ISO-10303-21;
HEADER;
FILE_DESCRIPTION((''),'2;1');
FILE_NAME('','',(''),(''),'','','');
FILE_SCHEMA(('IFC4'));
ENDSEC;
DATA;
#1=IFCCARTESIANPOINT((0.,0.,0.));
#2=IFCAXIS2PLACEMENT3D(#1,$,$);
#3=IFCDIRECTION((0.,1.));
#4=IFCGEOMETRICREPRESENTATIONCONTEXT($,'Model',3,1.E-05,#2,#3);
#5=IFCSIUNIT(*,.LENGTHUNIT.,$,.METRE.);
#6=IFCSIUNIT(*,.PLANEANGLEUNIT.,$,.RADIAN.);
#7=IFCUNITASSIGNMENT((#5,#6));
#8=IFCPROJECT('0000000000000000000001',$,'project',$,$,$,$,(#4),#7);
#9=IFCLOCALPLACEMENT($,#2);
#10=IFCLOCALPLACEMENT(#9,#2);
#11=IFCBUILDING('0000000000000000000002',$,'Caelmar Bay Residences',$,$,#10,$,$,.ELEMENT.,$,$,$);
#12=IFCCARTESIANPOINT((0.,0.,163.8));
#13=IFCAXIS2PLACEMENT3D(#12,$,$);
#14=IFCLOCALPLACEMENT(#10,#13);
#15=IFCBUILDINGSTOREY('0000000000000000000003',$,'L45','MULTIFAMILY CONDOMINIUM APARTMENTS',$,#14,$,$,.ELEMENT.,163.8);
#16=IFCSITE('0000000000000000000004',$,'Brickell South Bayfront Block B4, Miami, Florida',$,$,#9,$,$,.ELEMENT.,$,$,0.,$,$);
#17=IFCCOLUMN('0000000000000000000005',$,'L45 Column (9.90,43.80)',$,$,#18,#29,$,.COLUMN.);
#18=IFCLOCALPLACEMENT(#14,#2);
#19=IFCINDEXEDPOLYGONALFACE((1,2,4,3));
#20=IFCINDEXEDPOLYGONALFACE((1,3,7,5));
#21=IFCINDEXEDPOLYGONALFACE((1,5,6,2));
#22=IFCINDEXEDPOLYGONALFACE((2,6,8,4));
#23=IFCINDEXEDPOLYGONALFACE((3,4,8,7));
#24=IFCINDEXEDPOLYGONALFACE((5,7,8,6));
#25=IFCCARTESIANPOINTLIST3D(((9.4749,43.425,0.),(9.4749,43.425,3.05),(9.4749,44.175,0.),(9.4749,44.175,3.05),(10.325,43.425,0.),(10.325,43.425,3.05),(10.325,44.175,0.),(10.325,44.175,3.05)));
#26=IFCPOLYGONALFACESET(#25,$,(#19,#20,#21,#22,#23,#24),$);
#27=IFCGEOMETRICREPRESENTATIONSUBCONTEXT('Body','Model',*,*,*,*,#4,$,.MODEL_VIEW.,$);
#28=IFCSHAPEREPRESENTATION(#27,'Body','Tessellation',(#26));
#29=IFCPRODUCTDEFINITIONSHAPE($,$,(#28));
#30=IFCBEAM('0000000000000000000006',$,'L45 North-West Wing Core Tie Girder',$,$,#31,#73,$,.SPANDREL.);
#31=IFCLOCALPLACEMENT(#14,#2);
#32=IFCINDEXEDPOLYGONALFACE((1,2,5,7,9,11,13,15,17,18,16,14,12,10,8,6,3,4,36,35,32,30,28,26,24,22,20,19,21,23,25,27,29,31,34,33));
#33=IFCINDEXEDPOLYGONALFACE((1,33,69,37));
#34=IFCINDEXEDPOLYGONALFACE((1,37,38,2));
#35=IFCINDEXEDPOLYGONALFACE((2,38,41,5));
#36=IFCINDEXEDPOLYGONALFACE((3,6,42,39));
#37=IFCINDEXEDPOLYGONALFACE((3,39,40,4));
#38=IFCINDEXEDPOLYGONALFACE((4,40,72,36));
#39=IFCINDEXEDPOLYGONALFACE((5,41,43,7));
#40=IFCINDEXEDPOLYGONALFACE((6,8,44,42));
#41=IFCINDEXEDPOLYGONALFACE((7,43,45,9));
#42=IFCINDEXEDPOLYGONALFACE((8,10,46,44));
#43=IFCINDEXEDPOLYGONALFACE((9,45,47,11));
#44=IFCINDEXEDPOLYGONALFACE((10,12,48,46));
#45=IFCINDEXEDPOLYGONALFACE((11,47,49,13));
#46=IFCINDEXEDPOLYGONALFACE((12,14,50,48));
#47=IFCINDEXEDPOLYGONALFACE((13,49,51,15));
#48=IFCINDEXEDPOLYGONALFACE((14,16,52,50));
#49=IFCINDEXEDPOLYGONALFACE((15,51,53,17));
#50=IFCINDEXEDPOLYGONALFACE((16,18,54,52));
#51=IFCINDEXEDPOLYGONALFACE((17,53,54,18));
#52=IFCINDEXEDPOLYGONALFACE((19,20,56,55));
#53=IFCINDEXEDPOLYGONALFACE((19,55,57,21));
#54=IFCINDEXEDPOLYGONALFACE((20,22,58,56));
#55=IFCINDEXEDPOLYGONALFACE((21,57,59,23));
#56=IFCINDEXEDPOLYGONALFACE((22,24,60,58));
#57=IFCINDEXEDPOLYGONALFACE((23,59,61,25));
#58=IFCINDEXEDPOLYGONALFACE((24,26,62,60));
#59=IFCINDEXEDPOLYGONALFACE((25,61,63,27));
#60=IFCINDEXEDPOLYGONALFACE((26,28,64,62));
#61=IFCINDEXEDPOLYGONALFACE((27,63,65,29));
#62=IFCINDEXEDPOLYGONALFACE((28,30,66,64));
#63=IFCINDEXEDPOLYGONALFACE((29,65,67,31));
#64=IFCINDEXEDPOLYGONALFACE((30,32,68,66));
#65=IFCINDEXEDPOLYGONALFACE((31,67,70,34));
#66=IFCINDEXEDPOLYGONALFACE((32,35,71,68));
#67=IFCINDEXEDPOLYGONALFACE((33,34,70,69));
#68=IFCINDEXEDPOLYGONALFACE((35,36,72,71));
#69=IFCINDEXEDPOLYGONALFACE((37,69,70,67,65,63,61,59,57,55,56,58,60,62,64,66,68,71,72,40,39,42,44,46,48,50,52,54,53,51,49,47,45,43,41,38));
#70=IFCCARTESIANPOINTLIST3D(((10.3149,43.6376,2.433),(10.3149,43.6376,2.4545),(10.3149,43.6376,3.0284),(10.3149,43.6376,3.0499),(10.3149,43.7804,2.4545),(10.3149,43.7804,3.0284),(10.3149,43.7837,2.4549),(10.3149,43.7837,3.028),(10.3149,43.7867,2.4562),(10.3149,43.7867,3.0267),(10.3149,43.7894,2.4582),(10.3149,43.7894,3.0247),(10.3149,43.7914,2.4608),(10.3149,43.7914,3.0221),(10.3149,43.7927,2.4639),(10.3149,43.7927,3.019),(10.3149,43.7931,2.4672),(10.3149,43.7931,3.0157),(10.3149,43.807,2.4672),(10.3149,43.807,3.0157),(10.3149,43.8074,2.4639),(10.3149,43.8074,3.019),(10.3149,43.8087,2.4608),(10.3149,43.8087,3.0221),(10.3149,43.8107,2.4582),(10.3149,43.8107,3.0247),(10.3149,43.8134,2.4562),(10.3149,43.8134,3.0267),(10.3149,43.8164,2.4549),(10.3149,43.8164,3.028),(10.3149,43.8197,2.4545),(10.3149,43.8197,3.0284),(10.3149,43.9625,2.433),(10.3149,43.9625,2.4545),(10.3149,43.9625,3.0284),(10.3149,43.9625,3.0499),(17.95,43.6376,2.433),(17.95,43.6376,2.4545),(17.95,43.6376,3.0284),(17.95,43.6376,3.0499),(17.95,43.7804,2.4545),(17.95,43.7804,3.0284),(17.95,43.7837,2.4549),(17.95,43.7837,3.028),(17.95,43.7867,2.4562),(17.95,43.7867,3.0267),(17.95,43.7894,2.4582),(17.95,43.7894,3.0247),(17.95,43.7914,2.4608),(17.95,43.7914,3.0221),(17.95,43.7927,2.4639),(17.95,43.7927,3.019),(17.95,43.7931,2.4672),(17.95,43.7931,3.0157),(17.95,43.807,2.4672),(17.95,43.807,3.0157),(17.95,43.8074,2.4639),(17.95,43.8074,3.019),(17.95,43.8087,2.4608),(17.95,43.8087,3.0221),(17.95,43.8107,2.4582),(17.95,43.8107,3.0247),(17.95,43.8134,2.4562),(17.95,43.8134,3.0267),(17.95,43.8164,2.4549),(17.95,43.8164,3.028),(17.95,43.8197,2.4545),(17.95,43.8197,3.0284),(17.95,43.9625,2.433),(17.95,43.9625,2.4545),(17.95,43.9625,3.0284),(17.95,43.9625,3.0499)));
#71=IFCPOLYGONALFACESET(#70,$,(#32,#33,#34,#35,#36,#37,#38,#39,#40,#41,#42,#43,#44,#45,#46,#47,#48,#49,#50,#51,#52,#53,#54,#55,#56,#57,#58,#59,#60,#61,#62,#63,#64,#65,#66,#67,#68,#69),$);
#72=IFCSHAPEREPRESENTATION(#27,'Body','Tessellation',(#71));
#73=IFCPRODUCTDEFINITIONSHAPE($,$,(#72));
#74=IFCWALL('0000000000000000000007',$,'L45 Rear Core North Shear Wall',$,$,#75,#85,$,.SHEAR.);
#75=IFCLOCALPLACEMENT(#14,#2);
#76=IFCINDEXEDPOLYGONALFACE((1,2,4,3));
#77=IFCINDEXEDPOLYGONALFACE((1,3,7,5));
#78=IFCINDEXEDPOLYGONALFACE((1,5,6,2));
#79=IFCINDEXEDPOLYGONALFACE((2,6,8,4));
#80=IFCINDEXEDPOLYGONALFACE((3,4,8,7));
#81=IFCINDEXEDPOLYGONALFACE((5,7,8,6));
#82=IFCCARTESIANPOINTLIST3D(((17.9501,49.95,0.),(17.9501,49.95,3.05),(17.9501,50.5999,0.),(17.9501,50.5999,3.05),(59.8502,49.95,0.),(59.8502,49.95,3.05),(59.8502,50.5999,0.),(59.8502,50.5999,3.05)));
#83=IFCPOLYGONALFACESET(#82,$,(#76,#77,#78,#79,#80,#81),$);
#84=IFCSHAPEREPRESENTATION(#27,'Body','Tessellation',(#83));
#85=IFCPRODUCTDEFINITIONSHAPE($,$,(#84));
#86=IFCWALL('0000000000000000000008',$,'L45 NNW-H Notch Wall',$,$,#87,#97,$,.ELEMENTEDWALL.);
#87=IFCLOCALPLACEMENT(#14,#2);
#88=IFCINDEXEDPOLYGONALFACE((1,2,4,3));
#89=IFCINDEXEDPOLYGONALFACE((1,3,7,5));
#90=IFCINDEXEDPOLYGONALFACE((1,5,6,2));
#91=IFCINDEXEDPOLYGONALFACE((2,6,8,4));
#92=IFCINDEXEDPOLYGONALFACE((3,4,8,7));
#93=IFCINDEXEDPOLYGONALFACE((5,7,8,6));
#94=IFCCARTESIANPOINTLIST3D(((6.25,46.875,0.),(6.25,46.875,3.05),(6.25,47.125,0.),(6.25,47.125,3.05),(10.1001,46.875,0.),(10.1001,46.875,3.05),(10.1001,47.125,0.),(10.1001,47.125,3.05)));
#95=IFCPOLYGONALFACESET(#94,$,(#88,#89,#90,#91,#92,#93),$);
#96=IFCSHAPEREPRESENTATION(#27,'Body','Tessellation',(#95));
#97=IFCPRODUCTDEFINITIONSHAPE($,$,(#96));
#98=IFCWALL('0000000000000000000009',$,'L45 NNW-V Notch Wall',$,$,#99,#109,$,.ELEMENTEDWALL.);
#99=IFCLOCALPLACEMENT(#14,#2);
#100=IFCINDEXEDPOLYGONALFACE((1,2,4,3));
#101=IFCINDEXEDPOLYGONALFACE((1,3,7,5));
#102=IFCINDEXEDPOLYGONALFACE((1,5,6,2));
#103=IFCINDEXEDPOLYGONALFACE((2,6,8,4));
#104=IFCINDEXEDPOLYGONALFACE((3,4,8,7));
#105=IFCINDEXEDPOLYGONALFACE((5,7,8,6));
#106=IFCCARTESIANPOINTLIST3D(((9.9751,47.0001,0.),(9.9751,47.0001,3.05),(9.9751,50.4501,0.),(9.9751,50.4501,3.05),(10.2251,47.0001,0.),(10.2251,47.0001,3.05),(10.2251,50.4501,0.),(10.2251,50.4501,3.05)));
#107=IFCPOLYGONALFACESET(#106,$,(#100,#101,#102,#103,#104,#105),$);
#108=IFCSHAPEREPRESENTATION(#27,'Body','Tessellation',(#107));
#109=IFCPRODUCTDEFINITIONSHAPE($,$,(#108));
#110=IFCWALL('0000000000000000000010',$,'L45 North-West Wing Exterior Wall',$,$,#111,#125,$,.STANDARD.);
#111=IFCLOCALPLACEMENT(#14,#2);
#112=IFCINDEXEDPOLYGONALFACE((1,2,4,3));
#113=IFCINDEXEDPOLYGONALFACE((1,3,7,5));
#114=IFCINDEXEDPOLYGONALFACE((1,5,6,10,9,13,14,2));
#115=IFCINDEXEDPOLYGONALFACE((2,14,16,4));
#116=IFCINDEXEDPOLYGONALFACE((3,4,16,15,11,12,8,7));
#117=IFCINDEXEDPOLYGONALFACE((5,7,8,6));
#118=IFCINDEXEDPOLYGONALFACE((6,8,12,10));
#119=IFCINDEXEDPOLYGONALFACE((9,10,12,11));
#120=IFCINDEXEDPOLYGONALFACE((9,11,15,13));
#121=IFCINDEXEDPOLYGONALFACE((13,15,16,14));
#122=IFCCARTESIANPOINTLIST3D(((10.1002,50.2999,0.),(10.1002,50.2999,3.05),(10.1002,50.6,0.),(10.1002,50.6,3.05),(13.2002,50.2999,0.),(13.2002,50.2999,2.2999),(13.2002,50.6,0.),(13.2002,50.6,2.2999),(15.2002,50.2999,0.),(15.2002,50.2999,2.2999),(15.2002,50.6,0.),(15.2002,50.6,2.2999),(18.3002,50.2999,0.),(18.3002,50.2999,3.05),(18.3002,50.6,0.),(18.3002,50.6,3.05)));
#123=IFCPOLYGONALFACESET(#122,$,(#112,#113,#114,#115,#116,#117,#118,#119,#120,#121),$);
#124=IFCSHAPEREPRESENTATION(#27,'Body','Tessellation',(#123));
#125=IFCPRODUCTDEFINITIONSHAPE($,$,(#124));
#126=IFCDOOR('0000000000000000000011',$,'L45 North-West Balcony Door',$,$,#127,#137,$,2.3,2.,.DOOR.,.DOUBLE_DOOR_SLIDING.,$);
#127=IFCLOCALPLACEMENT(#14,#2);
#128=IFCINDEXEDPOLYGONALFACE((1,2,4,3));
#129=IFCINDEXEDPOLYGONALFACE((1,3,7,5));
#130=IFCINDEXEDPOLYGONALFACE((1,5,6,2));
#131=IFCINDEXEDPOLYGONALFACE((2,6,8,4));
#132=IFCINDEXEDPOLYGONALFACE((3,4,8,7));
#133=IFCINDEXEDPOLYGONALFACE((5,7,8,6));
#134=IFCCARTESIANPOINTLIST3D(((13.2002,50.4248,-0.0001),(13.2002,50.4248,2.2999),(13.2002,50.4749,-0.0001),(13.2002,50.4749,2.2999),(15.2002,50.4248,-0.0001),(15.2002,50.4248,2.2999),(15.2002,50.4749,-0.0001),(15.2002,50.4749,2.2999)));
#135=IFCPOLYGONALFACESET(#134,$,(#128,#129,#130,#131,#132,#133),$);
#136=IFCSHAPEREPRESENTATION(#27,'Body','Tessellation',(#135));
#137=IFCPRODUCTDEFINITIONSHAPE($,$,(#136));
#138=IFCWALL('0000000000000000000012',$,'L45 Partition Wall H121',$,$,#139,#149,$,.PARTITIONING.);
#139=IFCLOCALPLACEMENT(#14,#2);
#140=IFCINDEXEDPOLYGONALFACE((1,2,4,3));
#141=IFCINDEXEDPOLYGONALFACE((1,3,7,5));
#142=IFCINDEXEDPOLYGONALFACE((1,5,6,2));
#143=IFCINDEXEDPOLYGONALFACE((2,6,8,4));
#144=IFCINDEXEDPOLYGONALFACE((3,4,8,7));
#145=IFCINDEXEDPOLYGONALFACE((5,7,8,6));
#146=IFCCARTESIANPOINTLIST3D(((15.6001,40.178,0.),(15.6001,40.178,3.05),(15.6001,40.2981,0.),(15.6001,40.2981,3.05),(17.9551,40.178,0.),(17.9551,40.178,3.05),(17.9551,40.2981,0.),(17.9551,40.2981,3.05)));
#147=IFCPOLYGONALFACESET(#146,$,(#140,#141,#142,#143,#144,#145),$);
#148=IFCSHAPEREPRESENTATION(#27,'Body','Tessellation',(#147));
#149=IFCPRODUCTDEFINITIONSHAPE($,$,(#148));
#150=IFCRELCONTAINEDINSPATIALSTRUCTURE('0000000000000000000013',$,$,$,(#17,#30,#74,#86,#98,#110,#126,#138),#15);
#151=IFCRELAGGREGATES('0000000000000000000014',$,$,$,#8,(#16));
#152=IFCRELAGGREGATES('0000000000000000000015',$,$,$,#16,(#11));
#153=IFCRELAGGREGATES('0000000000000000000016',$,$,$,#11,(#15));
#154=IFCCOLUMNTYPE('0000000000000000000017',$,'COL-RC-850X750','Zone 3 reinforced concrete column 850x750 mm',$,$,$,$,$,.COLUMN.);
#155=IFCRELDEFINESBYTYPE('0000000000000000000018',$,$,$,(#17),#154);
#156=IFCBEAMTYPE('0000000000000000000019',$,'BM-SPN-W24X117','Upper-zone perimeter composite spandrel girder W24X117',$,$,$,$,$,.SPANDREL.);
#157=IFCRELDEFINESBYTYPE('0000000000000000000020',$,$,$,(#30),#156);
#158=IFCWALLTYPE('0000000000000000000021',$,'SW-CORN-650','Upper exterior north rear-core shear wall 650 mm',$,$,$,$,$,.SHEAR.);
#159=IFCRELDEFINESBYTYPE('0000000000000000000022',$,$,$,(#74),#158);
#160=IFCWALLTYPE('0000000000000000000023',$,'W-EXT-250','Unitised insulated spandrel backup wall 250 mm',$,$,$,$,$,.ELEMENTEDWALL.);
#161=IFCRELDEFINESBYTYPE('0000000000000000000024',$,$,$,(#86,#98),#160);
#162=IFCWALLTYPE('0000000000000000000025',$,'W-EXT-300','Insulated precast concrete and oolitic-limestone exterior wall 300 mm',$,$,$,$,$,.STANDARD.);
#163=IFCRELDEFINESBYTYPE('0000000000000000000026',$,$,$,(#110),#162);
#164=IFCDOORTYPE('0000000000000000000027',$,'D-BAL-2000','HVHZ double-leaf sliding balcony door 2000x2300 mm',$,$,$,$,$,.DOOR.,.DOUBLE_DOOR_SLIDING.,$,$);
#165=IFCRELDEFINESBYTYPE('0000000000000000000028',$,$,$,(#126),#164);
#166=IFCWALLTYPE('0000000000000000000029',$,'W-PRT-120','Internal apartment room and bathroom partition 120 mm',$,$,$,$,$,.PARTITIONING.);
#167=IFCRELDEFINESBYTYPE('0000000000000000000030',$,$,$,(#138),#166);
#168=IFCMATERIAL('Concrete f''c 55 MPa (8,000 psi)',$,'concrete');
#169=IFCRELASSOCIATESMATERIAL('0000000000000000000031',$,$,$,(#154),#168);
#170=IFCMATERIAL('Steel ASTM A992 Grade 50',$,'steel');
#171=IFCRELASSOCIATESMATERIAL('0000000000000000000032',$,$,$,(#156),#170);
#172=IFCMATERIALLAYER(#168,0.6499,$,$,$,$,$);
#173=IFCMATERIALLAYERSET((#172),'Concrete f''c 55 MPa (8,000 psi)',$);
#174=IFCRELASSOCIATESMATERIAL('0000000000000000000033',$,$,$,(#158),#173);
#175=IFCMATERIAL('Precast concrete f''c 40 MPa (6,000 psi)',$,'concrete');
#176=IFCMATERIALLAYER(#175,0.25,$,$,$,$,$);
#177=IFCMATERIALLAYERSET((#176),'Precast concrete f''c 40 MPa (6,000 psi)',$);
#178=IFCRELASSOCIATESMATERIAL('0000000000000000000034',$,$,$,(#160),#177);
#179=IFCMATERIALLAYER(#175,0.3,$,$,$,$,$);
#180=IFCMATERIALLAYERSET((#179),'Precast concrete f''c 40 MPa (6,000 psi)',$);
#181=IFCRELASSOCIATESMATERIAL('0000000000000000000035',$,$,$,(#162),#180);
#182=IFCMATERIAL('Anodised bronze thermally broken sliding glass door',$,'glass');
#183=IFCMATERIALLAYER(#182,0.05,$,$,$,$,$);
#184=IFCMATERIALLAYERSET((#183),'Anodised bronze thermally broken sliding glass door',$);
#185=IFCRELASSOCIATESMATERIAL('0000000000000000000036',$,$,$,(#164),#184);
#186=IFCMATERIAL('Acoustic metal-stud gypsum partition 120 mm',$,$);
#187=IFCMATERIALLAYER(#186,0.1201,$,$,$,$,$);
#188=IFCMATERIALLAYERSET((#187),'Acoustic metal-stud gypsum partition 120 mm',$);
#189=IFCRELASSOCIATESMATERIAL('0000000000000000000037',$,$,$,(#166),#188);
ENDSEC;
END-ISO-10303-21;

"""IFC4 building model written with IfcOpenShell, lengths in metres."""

from ifc_helpers import new_model, si_unit, direction, frame, frame_2d, origin, origin_2d, place, context, subcontext, project, spatial, rectangle, i_section, extrude, material, layer, layer_set, material_profile, profile_set, type_object, element, fill, save


model = new_model("IFC4")

# Units and contexts
model_context = context("Model", 3, precision=1e-05, world=origin(), true_north=direction((0.0, 1.0)))
body_context = subcontext(model_context, "Body", "Model", "MODEL_VIEW")
ifc_project = project(units=[si_unit("LENGTHUNIT", "METRE"), si_unit("PLANEANGLEUNIT", "RADIAN")], contexts=[model_context])

# Site, building, storey
site_placement = place(None, origin())
site = spatial("IfcSite", under=ifc_project, at=site_placement, Name="Brickell South Bayfront Block B4, Miami, Florida", CompositionType="ELEMENT", RefElevation=0.0)
building_placement = place(site_placement, origin())
building = spatial("IfcBuilding", under=site, at=building_placement, Name="Caelmar Bay Residences", CompositionType="ELEMENT")
storey_placement = place(building_placement, frame((0.0, 0.0, 163.8)))
storey = spatial("IfcBuildingStorey", under=building, at=storey_placement, Name="L45", Description="MULTIFAMILY CONDOMINIUM APARTMENTS", CompositionType="ELEMENT", Elevation=163.8)

# Column
ifc_material_1 = material(Name="Concrete f'c 55 MPa (8,000 psi)", Category="concrete")
ifc_material_profile_1 = material_profile(ifc_material_1, rectangle(XDim=0.8501, YDim=0.75, at=origin_2d()), Name="RC-COL-850X750")
ifc_profile_set_1 = profile_set([ifc_material_profile_1], Name="Concrete f'c 55 MPa (8,000 psi)")
column_type = type_object("IfcColumnType", Name="COL-RC-850X750", Description="Zone 3 reinforced concrete column 850x750 mm", PredefinedType="COLUMN", material=ifc_profile_set_1)
column_placement = place(storey_placement, frame((9.8999, 43.8, 0.0), z_axis=(0.0, 0.0, 1.0), x_axis=(1.0, 0.0, 0.0)))
element("IfcColumn", 1, at=column_placement, inside=storey, type_object=column_type, Name="L45 Column (9.90,43.80)", PredefinedType="COLUMN", context=body_context, shape_type="SweptSolid", body=[
    extrude(rectangle(XDim=0.8501, YDim=0.75, at=origin_2d()), origin(), (0.0, 0.0, 1.0), 3.05),
])

# Beam
ifc_material_2 = material(Name="Steel ASTM A992 Grade 50", Category="steel")
ifc_material_profile_2 = material_profile(ifc_material_2, i_section(OverallWidth=0.325, OverallDepth=0.6169, WebThickness=0.0139, FlangeThickness=0.0215, FilletRadius=0.0127, at=origin_2d()), Name="W24X117")
ifc_profile_set_2 = profile_set([ifc_material_profile_2], Name="Steel ASTM A992 Grade 50")
beam_type = type_object("IfcBeamType", Name="BM-SPN-W24X117", Description="Upper-zone perimeter composite spandrel girder W24X117", PredefinedType="SPANDREL", material=ifc_profile_set_2)
beam_placement = place(storey_placement, frame((10.3149, 43.8, 2.7415), z_axis=(1.0, 0.0, 0.0), x_axis=(0.0, 1.0, 0.0)))
element("IfcBeam", 2, at=beam_placement, inside=storey, type_object=beam_type, Name="L45 North-West Wing Core Tie Girder", PredefinedType="SPANDREL", context=body_context, shape_type="SweptSolid", body=[
    extrude(i_section(OverallWidth=0.325, OverallDepth=0.6169, WebThickness=0.0139, FlangeThickness=0.0215, FilletRadius=0.0127, at=origin_2d()), origin(), (0.0, 0.0, 1.0), 7.635),
])

# Walls
ifc_layer_1 = layer(ifc_material_1, 0.6499)
ifc_layer_set_1 = layer_set([ifc_layer_1], Name="Concrete f'c 55 MPa (8,000 psi)")
wall_type_1 = type_object("IfcWallType", Name="SW-CORN-650", Description="Upper exterior north rear-core shear wall 650 mm", PredefinedType="SHEAR", material=ifc_layer_set_1)
wall_1_placement = place(storey_placement, frame((17.95, 50.2749, 0.0), z_axis=(0.0, 0.0, 1.0), x_axis=(1.0, 0.0, 0.0)))
element("IfcWall", 3, at=wall_1_placement, inside=storey, type_object=wall_type_1, Name="L45 Rear Core North Shear Wall", PredefinedType="SHEAR", context=body_context, shape_type="SweptSolid", body=[
    extrude(rectangle(XDim=41.9001, YDim=0.6499, at=frame_2d((20.9502, 0.0))), origin(), (0.0, 0.0, 1.0), 3.05),
])
ifc_material_3 = material(Name="Precast concrete f'c 40 MPa (6,000 psi)", Category="concrete")
ifc_layer_2 = layer(ifc_material_3, 0.25)
ifc_layer_set_2 = layer_set([ifc_layer_2], Name="Precast concrete f'c 40 MPa (6,000 psi)")
wall_type_2 = type_object("IfcWallType", Name="W-EXT-250", Description="Unitised insulated spandrel backup wall 250 mm", PredefinedType="ELEMENTEDWALL", material=ifc_layer_set_2)
wall_2_placement = place(storey_placement, frame((6.25, 47.0, 0.0), z_axis=(0.0, 0.0, 1.0), x_axis=(1.0, 0.0, 0.0)))
element("IfcWall", 4, at=wall_2_placement, inside=storey, type_object=wall_type_2, Name="L45 NNW-H Notch Wall", PredefinedType="ELEMENTEDWALL", context=body_context, shape_type="SweptSolid", body=[
    extrude(rectangle(XDim=3.8501, YDim=0.25, at=frame_2d((1.925, 0.0))), origin(), (0.0, 0.0, 1.0), 3.05),
])
wall_3_placement = place(storey_placement, frame((10.1001, 47.0, 0.0), z_axis=(0.0, 0.0, 1.0), x_axis=(0.0, 1.0, 0.0)))
element("IfcWall", 5, at=wall_3_placement, inside=storey, type_object=wall_type_2, Name="L45 NNW-V Notch Wall", PredefinedType="ELEMENTEDWALL", context=body_context, shape_type="SweptSolid", body=[
    extrude(rectangle(XDim=3.45, YDim=0.25, at=frame_2d((1.7251, 0.0))), origin(), (0.0, 0.0, 1.0), 3.05),
])

# Wall, opening, door
ifc_layer_3 = layer(ifc_material_3, 0.3)
ifc_layer_set_3 = layer_set([ifc_layer_3], Name="Precast concrete f'c 40 MPa (6,000 psi)")
wall_type_3 = type_object("IfcWallType", Name="W-EXT-300", Description="Insulated precast concrete and oolitic-limestone exterior wall 300 mm", PredefinedType="STANDARD", material=ifc_layer_set_3)
wall_4_placement = place(storey_placement, frame((10.1001, 50.45, 0.0), z_axis=(0.0, 0.0, 1.0), x_axis=(1.0, 0.0, 0.0)))
wall_4 = element("IfcWall", 6, at=wall_4_placement, inside=storey, type_object=wall_type_3, Name="L45 North-West Wing Exterior Wall", PredefinedType="STANDARD", context=body_context, shape_type="SweptSolid", body=[
    extrude(rectangle(XDim=8.2, YDim=0.3, at=frame_2d((4.1001, 0.0))), origin(), (0.0, 0.0, 1.0), 3.05),
])
opening_1_placement = place(wall_4_placement, frame((3.1001, 0.0, 0.0)))
opening_1 = element("IfcOpeningElement", 7, at=opening_1_placement, cuts=wall_4, PredefinedType="OPENING", context=body_context, shape_type="SweptSolid", body=[
    extrude(rectangle(XDim=2.0, YDim=2.3, at=frame_2d((1.0, 1.1499))), frame((0.0, 0.1599, 0.0), z_axis=(0.0, -1.0, 0.0), x_axis=(1.0, 0.0, 0.0)), (0.0, 0.0, 1.0), 0.3201),
])
ifc_material_4 = material(Name="Anodised bronze thermally broken sliding glass door", Category="glass")
ifc_layer_4 = layer(ifc_material_4, 0.05)
ifc_layer_set_4 = layer_set([ifc_layer_4], Name="Anodised bronze thermally broken sliding glass door")
door_type_1 = type_object("IfcDoorType", Name="D-BAL-2000", Description="HVHZ double-leaf sliding balcony door 2000x2300 mm", OperationType="DOUBLE_DOOR_SLIDING", PredefinedType="DOOR", material=ifc_layer_set_4)
door_1_placement = place(opening_1_placement, origin())
door_1 = element("IfcDoor", 8, at=door_1_placement, inside=storey, type_object=door_type_1, Name="L45 North-West Balcony Door", OperationType="DOUBLE_DOOR_SLIDING", OverallHeight=2.3, OverallWidth=2.0, PredefinedType="DOOR", context=body_context, shape_type="SweptSolid", body=[
    extrude(rectangle(XDim=2.0, YDim=2.3, at=frame_2d((1.0, 1.1499))), frame((0.0, 0.0249, 0.0), z_axis=(0.0, -1.0, 0.0), x_axis=(1.0, 0.0, 0.0)), (0.0, 0.0, 1.0), 0.05),
])
fill(opening_1, door_1)
ifc_material_5 = material(Name="Acoustic metal-stud gypsum partition 120 mm")
ifc_layer_5 = layer(ifc_material_5, 0.1201)
ifc_layer_set_5 = layer_set([ifc_layer_5], Name="Acoustic metal-stud gypsum partition 120 mm")
wall_type_4 = type_object("IfcWallType", Name="W-PRT-120", Description="Internal apartment room and bathroom partition 120 mm", PredefinedType="PARTITIONING", material=ifc_layer_set_5)

# Wall
wall_5_placement = place(storey_placement, frame((15.6001, 40.238, 0.0), z_axis=(0.0, 0.0, 1.0), x_axis=(1.0, 0.0, 0.0)))
element("IfcWall", 9, at=wall_5_placement, inside=storey, type_object=wall_type_4, Name="L45 Partition Wall H121", PredefinedType="PARTITIONING", context=body_context, shape_type="SweptSolid", body=[
    extrude(rectangle(XDim=2.355, YDim=0.1201, at=frame_2d((1.1775, 0.0))), origin(), (0.0, 0.0, 1.0), 3.05),
])

save(model, "model.ifc")
